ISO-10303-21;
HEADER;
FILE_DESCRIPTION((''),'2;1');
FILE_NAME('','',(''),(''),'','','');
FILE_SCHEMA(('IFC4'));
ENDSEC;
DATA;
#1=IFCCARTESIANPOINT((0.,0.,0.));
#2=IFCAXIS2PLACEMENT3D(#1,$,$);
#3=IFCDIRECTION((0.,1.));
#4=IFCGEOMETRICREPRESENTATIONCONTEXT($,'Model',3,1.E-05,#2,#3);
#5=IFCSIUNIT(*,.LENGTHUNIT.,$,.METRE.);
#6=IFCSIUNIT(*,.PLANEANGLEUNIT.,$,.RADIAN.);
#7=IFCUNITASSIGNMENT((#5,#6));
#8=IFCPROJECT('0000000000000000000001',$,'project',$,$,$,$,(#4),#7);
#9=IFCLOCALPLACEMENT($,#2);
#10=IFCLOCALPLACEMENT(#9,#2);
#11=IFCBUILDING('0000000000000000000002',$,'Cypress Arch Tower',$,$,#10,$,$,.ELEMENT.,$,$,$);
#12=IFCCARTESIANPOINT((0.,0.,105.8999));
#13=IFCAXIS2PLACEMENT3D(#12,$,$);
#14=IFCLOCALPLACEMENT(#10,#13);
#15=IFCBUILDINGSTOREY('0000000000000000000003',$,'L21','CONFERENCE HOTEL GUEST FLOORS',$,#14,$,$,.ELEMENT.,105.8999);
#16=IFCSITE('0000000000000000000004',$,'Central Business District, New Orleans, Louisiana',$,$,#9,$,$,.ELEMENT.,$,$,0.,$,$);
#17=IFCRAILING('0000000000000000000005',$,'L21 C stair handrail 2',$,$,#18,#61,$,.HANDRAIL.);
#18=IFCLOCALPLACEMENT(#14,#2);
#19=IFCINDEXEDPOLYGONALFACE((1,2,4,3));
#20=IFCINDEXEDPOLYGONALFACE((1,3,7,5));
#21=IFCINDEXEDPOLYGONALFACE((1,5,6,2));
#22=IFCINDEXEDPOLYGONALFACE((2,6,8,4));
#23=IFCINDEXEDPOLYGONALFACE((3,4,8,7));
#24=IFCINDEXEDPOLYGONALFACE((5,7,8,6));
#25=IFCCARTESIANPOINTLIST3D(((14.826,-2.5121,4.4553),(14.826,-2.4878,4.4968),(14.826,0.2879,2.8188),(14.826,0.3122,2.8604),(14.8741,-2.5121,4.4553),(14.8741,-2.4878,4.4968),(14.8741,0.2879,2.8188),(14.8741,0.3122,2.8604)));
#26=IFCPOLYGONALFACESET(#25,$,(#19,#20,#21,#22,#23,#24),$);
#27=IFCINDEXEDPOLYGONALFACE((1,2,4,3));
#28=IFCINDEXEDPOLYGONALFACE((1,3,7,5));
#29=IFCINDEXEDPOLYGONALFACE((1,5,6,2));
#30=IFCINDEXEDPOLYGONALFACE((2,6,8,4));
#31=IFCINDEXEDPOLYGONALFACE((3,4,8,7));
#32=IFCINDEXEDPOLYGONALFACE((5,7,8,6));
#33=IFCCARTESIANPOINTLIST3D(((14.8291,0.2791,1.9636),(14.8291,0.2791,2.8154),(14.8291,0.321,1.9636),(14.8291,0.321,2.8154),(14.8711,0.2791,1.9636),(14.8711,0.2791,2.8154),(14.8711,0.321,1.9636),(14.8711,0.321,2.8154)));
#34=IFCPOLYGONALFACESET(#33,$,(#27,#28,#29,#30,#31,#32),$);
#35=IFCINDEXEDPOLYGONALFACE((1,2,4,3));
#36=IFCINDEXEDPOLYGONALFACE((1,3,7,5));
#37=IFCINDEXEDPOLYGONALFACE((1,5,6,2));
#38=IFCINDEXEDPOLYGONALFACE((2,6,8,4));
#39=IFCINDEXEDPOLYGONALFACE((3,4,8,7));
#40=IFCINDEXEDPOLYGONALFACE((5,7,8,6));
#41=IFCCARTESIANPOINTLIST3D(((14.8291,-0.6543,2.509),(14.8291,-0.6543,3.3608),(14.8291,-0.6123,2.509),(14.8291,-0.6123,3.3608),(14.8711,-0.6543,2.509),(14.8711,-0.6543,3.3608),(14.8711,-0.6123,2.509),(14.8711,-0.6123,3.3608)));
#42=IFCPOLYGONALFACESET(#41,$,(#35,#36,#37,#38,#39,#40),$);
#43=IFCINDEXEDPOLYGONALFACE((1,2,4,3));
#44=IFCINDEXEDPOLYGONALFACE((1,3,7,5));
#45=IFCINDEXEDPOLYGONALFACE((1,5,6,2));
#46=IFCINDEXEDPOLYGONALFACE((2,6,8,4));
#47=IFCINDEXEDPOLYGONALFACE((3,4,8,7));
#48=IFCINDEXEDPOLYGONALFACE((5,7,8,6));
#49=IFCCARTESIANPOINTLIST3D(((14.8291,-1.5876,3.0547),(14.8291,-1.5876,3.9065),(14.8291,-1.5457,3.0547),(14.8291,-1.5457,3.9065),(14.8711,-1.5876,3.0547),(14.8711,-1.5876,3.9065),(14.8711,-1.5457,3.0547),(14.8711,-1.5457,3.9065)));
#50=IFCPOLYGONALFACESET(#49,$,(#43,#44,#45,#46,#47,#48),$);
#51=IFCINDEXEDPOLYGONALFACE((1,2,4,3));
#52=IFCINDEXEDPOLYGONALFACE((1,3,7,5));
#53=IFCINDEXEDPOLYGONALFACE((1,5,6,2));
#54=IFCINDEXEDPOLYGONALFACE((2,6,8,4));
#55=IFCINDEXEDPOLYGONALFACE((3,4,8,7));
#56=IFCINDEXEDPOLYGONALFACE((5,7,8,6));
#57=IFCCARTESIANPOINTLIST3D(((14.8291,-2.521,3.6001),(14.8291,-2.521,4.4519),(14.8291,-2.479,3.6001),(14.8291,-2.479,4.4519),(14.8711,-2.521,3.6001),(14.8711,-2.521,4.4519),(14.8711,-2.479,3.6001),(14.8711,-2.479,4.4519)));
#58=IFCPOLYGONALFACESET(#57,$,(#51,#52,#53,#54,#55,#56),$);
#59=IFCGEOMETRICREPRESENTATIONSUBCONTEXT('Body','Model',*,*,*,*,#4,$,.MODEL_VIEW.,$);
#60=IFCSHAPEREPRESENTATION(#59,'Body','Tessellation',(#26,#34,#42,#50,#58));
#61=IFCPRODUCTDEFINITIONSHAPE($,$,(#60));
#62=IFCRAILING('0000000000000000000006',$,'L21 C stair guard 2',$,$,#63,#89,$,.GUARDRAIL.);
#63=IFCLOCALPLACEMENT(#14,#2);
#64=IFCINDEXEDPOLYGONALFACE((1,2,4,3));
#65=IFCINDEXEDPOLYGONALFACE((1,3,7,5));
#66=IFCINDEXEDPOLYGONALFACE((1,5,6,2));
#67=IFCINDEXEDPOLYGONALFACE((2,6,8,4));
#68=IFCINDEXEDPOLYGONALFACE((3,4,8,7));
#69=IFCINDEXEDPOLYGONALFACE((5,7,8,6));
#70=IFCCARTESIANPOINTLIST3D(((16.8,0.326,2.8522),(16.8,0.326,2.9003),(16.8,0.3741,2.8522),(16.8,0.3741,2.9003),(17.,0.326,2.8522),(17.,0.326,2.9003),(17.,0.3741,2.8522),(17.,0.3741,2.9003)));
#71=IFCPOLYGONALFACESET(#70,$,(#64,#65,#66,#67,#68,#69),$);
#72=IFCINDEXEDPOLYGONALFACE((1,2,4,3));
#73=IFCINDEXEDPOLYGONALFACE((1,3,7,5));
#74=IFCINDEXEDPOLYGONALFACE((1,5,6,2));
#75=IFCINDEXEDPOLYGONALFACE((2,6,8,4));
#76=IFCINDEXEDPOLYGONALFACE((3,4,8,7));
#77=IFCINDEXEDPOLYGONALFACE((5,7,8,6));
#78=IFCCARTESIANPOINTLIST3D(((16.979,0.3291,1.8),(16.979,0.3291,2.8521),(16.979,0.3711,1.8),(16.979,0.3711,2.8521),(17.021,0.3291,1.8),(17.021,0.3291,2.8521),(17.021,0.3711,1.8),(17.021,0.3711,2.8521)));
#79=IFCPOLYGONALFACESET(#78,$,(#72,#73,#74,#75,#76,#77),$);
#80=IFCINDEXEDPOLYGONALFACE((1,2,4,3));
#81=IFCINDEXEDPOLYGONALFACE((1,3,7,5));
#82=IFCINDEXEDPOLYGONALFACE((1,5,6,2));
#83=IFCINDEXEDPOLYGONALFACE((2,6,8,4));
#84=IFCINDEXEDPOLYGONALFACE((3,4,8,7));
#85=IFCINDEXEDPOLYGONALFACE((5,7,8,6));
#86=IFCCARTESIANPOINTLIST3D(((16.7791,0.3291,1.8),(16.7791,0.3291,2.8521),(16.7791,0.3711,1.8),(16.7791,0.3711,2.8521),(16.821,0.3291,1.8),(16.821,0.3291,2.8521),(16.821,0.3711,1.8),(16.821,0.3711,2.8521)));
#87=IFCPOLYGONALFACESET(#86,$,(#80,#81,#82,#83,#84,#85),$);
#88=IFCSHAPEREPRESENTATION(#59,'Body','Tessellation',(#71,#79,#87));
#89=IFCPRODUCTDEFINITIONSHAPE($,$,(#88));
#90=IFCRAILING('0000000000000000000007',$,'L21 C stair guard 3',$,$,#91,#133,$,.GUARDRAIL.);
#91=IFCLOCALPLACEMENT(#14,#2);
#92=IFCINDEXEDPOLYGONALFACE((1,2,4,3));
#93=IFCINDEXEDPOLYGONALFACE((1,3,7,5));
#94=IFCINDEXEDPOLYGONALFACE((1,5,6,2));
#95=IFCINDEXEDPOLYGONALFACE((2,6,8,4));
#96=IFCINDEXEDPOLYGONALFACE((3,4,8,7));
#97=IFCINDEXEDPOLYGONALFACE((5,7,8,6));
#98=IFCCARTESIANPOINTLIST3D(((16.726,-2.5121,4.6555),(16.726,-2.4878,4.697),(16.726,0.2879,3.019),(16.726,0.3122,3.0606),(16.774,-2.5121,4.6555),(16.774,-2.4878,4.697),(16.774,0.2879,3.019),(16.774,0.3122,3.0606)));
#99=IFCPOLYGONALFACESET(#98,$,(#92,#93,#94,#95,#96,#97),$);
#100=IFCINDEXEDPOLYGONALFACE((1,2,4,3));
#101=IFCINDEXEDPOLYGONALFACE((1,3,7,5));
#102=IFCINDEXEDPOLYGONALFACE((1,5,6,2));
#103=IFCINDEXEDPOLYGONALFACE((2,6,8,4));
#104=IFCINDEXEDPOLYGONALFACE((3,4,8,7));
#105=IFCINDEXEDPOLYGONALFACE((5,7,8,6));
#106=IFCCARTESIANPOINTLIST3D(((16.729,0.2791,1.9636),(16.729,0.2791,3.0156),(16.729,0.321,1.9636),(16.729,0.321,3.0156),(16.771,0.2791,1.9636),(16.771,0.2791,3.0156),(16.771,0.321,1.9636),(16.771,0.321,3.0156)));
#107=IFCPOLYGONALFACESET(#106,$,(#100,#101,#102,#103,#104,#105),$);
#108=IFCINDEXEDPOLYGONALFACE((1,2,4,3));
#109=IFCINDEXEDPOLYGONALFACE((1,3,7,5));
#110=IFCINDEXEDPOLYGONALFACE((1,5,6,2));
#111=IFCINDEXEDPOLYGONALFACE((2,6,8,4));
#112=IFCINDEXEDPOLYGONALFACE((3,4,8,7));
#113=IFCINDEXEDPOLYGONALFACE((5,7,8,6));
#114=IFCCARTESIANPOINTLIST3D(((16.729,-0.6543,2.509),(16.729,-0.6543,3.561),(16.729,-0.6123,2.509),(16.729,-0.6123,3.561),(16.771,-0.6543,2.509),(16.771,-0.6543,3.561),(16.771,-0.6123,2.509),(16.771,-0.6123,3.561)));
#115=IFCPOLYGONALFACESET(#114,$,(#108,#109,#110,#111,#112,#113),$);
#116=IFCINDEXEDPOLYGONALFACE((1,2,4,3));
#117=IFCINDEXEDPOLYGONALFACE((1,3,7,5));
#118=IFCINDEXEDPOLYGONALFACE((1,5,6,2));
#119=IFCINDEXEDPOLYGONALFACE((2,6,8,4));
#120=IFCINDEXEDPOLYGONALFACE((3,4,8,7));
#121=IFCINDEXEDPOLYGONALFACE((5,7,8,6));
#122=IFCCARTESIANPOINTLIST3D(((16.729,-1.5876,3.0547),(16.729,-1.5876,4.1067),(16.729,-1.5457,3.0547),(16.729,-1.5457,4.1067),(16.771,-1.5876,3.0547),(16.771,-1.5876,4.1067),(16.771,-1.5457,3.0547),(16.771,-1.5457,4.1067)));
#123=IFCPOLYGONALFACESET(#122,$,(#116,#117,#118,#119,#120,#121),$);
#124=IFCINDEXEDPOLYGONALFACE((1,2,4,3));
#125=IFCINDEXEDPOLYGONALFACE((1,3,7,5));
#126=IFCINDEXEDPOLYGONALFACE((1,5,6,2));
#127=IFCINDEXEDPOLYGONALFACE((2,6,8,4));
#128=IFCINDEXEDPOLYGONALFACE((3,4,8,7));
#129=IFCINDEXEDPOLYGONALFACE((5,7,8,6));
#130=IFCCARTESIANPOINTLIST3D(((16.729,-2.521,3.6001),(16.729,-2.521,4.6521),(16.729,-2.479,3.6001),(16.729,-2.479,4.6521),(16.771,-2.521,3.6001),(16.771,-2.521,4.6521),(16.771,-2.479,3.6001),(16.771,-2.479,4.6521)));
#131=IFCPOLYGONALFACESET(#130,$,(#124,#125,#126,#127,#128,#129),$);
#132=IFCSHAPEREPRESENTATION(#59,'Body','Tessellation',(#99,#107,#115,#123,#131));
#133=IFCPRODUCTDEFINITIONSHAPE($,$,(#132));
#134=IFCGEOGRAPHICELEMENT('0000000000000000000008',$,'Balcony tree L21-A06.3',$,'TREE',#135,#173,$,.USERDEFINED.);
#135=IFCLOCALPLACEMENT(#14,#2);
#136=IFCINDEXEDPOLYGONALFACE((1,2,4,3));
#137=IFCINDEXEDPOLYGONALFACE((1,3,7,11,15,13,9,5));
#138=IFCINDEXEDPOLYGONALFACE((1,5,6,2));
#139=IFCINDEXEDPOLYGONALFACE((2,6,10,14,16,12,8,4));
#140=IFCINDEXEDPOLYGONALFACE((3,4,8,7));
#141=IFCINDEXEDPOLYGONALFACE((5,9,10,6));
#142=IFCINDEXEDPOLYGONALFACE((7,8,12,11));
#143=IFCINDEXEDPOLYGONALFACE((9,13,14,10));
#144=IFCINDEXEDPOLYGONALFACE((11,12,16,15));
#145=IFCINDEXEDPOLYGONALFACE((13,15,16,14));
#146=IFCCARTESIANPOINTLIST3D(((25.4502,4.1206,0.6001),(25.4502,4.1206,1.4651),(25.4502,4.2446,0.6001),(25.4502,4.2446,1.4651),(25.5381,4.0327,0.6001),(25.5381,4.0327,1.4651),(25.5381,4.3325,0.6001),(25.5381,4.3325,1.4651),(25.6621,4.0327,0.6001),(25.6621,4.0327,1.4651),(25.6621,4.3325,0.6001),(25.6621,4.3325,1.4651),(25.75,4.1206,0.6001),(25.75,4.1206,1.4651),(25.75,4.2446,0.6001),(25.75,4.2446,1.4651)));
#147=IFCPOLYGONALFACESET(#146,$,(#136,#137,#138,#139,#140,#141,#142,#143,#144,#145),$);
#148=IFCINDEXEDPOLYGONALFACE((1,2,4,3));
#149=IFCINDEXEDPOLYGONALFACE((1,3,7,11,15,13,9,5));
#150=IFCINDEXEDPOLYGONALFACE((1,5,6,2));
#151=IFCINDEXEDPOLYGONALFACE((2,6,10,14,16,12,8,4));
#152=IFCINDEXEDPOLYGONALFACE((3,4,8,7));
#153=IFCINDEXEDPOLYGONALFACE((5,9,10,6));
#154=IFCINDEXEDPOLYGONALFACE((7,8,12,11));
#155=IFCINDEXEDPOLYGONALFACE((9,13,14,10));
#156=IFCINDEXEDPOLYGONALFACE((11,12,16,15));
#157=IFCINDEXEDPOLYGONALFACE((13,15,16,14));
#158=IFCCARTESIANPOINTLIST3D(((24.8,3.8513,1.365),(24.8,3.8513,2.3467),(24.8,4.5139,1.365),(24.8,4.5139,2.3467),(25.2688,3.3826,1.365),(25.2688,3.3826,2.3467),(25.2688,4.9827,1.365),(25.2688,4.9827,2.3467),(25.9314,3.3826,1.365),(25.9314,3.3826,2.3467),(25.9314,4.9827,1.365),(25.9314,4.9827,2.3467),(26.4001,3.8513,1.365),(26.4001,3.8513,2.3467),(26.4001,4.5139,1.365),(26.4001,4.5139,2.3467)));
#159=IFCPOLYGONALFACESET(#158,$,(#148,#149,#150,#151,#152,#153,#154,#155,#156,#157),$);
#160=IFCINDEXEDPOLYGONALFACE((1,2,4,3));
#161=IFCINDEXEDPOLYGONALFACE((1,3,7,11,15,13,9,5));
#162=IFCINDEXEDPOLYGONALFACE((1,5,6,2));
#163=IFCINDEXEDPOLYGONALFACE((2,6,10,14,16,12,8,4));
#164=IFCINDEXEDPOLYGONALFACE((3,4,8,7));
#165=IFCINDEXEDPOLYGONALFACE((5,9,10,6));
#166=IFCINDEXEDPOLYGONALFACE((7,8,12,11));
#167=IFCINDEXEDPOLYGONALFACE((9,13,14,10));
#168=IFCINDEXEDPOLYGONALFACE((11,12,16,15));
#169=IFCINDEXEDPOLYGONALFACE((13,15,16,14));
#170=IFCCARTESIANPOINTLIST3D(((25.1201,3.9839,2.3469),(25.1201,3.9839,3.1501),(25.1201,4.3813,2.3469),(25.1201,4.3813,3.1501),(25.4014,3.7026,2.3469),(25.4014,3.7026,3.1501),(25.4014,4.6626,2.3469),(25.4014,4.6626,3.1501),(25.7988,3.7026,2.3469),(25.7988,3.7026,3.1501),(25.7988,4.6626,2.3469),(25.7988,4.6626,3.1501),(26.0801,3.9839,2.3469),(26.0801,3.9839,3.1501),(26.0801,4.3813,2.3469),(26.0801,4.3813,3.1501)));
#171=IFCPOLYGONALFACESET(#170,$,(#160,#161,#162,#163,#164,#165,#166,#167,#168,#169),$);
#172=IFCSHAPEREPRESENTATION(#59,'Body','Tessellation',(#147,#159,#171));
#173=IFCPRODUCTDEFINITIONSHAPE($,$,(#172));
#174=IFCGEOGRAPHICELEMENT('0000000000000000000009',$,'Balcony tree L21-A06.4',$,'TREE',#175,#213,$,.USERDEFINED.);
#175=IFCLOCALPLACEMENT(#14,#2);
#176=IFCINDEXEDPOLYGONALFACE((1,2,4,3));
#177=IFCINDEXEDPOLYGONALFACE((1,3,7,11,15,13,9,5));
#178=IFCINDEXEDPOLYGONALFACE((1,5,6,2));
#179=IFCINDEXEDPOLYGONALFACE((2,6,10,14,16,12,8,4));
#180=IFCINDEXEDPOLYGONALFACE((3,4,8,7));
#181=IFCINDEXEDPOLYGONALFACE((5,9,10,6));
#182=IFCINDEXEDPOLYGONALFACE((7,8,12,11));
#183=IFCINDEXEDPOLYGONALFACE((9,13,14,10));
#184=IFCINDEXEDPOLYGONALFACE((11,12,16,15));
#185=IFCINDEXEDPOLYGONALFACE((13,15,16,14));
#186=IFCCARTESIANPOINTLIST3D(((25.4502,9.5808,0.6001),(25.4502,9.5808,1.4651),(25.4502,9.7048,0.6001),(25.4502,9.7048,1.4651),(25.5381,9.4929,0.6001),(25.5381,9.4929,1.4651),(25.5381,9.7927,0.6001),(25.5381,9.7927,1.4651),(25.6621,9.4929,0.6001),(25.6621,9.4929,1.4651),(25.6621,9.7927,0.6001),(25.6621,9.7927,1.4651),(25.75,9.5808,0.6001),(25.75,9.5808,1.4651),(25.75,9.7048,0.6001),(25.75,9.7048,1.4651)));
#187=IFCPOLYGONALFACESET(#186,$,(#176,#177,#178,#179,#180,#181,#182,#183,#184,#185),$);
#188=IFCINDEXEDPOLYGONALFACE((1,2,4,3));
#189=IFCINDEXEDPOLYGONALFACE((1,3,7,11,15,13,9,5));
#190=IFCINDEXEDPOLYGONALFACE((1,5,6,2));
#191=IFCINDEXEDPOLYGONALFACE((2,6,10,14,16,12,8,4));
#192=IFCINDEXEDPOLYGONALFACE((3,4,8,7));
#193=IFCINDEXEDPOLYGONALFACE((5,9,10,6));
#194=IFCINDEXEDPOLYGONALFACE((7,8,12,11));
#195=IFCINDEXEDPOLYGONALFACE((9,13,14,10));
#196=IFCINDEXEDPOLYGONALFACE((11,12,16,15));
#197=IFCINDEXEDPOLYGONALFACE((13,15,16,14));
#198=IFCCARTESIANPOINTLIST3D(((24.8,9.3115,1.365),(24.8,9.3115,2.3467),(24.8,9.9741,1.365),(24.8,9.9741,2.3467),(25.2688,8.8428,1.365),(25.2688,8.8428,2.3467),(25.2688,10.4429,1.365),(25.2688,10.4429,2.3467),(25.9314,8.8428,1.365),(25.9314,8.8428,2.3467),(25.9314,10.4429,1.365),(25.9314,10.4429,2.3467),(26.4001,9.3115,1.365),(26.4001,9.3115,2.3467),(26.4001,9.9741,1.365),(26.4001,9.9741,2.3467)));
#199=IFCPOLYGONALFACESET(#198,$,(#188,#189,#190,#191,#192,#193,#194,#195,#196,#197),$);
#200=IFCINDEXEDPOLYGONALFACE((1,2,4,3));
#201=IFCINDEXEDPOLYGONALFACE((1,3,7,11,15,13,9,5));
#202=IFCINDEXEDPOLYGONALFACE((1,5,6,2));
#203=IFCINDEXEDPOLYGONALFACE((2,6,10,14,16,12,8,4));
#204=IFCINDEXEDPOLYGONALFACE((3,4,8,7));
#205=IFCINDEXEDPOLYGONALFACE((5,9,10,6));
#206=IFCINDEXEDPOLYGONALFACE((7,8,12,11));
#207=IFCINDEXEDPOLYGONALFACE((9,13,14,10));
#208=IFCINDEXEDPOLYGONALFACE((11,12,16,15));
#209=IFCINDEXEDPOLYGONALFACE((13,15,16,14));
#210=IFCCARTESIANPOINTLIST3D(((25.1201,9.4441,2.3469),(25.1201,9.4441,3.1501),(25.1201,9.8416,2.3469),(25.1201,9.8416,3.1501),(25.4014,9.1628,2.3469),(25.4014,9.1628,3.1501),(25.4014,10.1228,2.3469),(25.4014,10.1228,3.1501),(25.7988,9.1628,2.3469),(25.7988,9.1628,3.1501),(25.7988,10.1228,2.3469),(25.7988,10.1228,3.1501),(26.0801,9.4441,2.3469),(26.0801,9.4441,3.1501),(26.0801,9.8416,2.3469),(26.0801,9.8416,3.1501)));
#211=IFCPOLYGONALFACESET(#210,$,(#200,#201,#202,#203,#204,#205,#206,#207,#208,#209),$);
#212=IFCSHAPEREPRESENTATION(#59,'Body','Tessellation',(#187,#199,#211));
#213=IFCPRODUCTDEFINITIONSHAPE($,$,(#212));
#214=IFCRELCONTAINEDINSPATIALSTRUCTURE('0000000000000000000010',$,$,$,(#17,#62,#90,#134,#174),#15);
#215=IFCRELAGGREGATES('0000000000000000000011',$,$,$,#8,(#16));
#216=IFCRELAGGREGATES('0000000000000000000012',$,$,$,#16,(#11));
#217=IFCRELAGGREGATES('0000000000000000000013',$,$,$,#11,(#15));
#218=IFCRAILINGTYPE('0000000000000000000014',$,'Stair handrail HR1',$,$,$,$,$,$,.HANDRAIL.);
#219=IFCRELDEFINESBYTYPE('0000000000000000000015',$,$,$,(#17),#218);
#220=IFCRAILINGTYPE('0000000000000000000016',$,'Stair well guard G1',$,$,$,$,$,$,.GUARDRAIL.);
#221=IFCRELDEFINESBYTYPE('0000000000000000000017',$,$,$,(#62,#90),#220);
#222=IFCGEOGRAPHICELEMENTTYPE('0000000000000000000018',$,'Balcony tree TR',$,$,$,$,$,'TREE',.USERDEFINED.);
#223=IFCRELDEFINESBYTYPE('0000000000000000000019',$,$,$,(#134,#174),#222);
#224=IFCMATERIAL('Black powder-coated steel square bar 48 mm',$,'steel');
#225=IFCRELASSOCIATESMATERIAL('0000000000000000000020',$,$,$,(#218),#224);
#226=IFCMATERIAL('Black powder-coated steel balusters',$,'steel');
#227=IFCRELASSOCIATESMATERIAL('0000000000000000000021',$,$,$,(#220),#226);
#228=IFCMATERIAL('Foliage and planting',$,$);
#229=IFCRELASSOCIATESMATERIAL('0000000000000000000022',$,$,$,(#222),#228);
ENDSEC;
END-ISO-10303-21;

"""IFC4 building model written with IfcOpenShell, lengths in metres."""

from ifc_helpers import new_model, si_unit, direction, frame, origin, origin_2d, place, context, subcontext, project, spatial, polyline, rectangle, outline, extrude, material, type_object, element, save


model = new_model("IFC4")

# Units and contexts
model_context = context("Model", 3, precision=1e-05, world=origin(), true_north=direction((0.0, 1.0)))
body_context = subcontext(model_context, "Body", "Model", "MODEL_VIEW")
ifc_project = project(units=[si_unit("LENGTHUNIT", "METRE"), si_unit("PLANEANGLEUNIT", "RADIAN")], contexts=[model_context])

# Site, building, storey
site_placement = place(None, origin())
site = spatial("IfcSite", under=ifc_project, at=site_placement, Name="Central Business District, New Orleans, Louisiana", CompositionType="ELEMENT", RefElevation=0.0)
building_placement = place(site_placement, origin())
building = spatial("IfcBuilding", under=site, at=building_placement, Name="Cypress Arch Tower", CompositionType="ELEMENT")
storey_placement = place(building_placement, frame((0.0, 0.0, 105.8999)))
storey = spatial("IfcBuildingStorey", under=building, at=storey_placement, Name="L21", Description="CONFERENCE HOTEL GUEST FLOORS", CompositionType="ELEMENT", Elevation=105.8999)

# Railings
ifc_material_1 = material(Name="Black powder-coated steel square bar 48 mm", Category="steel")
railing_type_1 = type_object("IfcRailingType", Name="Stair handrail HR1", PredefinedType="HANDRAIL", material=ifc_material_1)
railing_1_placement = place(storey_placement, frame((14.8501, 0.3, 1.9636)))
element("IfcRailing", 1, at=railing_1_placement, inside=storey, type_object=railing_type_1, Name="L21 C stair handrail 2", PredefinedType="HANDRAIL", context=body_context, shape_type="SweptSolid", body=[
    extrude(rectangle(XDim=0.0481, YDim=0.0481, at=origin_2d()), frame((0.0, 0.0, 0.876), z_axis=(0.0, -0.863361, 0.504587), x_axis=(1.0, 0.0, 0.0)), (0.0, 0.0, 1.0), 3.2432),
    extrude(rectangle(XDim=0.042, YDim=0.042, at=origin_2d()), origin(), (0.0, 0.0, 1.0), 0.8518),
    extrude(rectangle(XDim=0.042, YDim=0.042, at=origin_2d()), frame((0.0, -0.9333, 0.5454)), (0.0, 0.0, 1.0), 0.8518),
    extrude(rectangle(XDim=0.042, YDim=0.042, at=origin_2d()), frame((0.0, -1.8667, 1.0911)), (0.0, 0.0, 1.0), 0.8518),
    extrude(rectangle(XDim=0.042, YDim=0.042, at=origin_2d()), frame((0.0, -2.8, 1.6365)), (0.0, 0.0, 1.0), 0.8518),
])
ifc_material_2 = material(Name="Black powder-coated steel balusters", Category="steel")
railing_type_2 = type_object("IfcRailingType", Name="Stair well guard G1", PredefinedType="GUARDRAIL", material=ifc_material_2)
railing_2_placement = place(storey_placement, frame((17.0, 0.3501, 1.8)))
element("IfcRailing", 2, at=railing_2_placement, inside=storey, type_object=railing_type_2, Name="L21 C stair guard 2", PredefinedType="GUARDRAIL", context=body_context, shape_type="SweptSolid", body=[
    extrude(rectangle(XDim=0.0481, YDim=0.0481, at=origin_2d()), frame((0.0, 0.0, 1.0762), z_axis=(-1.0, 0.0, 0.0), x_axis=(0.0, -1.0, 0.0)), (0.0, 0.0, 1.0), 0.2),
    extrude(rectangle(XDim=0.042, YDim=0.042, at=origin_2d()), origin(), (0.0, 0.0, 1.0), 1.052),
    extrude(rectangle(XDim=0.042, YDim=0.042, at=origin_2d()), frame((-0.2, 0.0, 0.0)), (0.0, 0.0, 1.0), 1.052),
])
railing_3_placement = place(storey_placement, frame((16.75, 0.3, 1.9636)))
element("IfcRailing", 3, at=railing_3_placement, inside=storey, type_object=railing_type_2, Name="L21 C stair guard 3", PredefinedType="GUARDRAIL", context=body_context, shape_type="SweptSolid", body=[
    extrude(rectangle(XDim=0.0481, YDim=0.0481, at=origin_2d()), frame((0.0, 0.0, 1.0762), z_axis=(0.0, -0.863361, 0.504587), x_axis=(1.0, 0.0, 0.0)), (0.0, 0.0, 1.0), 3.2432),
    extrude(rectangle(XDim=0.042, YDim=0.042, at=origin_2d()), origin(), (0.0, 0.0, 1.0), 1.052),
    extrude(rectangle(XDim=0.042, YDim=0.042, at=origin_2d()), frame((0.0, -0.9333, 0.5454)), (0.0, 0.0, 1.0), 1.052),
    extrude(rectangle(XDim=0.042, YDim=0.042, at=origin_2d()), frame((0.0, -1.8667, 1.0911)), (0.0, 0.0, 1.0), 1.052),
    extrude(rectangle(XDim=0.042, YDim=0.042, at=origin_2d()), frame((0.0, -2.8, 1.6365)), (0.0, 0.0, 1.0), 1.052),
])

# Geographic elements
ifc_material_3 = material(Name="Foliage and planting")
geographic_element_type = type_object("IfcGeographicElementType", Name="Balcony tree TR", ElementType="TREE", PredefinedType="USERDEFINED", material=ifc_material_3)
for number, where, z_axis, x_axis, name in (
    (4, (25.6001, 4.1826, 0.6001), (0.0, 0.0, 1.0), (1.0, 0.0, 0.0), "Balcony tree L21-A06.3"),
    (5, (25.6001, 9.6428, 0.6001), (0.0, 0.0, 1.0), (1.0, 0.0, 0.0), "Balcony tree L21-A06.4"),
):
    element("IfcGeographicElement", number, at=place(storey_placement, frame(where, z_axis=z_axis, x_axis=x_axis)), inside=storey, type_object=geographic_element_type, Name=name, ObjectType="TREE", PredefinedType="USERDEFINED", context=body_context, shape_type="SweptSolid", body=[
        extrude(outline(polyline([(0.1499, 0.062), (0.062, 0.1499), (-0.062, 0.1499), (-0.1499, 0.062), (-0.1499, -0.062), (-0.062, -0.1499), (0.062, -0.1499), (0.1499, -0.062), (0.1499, 0.062)])), origin(), (0.0, 0.0, 1.0), 0.865),
        extrude(outline(polyline([(0.8, 0.3313), (0.3313, 0.8), (-0.3313, 0.8), (-0.8, 0.3313), (-0.8, -0.3313), (-0.3313, -0.8), (0.3313, -0.8), (0.8, -0.3313), (0.8, 0.3313)])), frame((0.0, 0.0, 0.7649)), (0.0, 0.0, 1.0), 0.9817),
        extrude(outline(polyline([(0.48, 0.1987), (0.1987, 0.48), (-0.1987, 0.48), (-0.48, 0.1987), (-0.48, -0.1987), (-0.1987, -0.48), (0.1987, -0.48), (0.48, -0.1987), (0.48, 0.1987)])), frame((0.0, 0.0, 1.7468)), (0.0, 0.0, 1.0), 0.8032),
    ])

save(model, "model.ifc")
